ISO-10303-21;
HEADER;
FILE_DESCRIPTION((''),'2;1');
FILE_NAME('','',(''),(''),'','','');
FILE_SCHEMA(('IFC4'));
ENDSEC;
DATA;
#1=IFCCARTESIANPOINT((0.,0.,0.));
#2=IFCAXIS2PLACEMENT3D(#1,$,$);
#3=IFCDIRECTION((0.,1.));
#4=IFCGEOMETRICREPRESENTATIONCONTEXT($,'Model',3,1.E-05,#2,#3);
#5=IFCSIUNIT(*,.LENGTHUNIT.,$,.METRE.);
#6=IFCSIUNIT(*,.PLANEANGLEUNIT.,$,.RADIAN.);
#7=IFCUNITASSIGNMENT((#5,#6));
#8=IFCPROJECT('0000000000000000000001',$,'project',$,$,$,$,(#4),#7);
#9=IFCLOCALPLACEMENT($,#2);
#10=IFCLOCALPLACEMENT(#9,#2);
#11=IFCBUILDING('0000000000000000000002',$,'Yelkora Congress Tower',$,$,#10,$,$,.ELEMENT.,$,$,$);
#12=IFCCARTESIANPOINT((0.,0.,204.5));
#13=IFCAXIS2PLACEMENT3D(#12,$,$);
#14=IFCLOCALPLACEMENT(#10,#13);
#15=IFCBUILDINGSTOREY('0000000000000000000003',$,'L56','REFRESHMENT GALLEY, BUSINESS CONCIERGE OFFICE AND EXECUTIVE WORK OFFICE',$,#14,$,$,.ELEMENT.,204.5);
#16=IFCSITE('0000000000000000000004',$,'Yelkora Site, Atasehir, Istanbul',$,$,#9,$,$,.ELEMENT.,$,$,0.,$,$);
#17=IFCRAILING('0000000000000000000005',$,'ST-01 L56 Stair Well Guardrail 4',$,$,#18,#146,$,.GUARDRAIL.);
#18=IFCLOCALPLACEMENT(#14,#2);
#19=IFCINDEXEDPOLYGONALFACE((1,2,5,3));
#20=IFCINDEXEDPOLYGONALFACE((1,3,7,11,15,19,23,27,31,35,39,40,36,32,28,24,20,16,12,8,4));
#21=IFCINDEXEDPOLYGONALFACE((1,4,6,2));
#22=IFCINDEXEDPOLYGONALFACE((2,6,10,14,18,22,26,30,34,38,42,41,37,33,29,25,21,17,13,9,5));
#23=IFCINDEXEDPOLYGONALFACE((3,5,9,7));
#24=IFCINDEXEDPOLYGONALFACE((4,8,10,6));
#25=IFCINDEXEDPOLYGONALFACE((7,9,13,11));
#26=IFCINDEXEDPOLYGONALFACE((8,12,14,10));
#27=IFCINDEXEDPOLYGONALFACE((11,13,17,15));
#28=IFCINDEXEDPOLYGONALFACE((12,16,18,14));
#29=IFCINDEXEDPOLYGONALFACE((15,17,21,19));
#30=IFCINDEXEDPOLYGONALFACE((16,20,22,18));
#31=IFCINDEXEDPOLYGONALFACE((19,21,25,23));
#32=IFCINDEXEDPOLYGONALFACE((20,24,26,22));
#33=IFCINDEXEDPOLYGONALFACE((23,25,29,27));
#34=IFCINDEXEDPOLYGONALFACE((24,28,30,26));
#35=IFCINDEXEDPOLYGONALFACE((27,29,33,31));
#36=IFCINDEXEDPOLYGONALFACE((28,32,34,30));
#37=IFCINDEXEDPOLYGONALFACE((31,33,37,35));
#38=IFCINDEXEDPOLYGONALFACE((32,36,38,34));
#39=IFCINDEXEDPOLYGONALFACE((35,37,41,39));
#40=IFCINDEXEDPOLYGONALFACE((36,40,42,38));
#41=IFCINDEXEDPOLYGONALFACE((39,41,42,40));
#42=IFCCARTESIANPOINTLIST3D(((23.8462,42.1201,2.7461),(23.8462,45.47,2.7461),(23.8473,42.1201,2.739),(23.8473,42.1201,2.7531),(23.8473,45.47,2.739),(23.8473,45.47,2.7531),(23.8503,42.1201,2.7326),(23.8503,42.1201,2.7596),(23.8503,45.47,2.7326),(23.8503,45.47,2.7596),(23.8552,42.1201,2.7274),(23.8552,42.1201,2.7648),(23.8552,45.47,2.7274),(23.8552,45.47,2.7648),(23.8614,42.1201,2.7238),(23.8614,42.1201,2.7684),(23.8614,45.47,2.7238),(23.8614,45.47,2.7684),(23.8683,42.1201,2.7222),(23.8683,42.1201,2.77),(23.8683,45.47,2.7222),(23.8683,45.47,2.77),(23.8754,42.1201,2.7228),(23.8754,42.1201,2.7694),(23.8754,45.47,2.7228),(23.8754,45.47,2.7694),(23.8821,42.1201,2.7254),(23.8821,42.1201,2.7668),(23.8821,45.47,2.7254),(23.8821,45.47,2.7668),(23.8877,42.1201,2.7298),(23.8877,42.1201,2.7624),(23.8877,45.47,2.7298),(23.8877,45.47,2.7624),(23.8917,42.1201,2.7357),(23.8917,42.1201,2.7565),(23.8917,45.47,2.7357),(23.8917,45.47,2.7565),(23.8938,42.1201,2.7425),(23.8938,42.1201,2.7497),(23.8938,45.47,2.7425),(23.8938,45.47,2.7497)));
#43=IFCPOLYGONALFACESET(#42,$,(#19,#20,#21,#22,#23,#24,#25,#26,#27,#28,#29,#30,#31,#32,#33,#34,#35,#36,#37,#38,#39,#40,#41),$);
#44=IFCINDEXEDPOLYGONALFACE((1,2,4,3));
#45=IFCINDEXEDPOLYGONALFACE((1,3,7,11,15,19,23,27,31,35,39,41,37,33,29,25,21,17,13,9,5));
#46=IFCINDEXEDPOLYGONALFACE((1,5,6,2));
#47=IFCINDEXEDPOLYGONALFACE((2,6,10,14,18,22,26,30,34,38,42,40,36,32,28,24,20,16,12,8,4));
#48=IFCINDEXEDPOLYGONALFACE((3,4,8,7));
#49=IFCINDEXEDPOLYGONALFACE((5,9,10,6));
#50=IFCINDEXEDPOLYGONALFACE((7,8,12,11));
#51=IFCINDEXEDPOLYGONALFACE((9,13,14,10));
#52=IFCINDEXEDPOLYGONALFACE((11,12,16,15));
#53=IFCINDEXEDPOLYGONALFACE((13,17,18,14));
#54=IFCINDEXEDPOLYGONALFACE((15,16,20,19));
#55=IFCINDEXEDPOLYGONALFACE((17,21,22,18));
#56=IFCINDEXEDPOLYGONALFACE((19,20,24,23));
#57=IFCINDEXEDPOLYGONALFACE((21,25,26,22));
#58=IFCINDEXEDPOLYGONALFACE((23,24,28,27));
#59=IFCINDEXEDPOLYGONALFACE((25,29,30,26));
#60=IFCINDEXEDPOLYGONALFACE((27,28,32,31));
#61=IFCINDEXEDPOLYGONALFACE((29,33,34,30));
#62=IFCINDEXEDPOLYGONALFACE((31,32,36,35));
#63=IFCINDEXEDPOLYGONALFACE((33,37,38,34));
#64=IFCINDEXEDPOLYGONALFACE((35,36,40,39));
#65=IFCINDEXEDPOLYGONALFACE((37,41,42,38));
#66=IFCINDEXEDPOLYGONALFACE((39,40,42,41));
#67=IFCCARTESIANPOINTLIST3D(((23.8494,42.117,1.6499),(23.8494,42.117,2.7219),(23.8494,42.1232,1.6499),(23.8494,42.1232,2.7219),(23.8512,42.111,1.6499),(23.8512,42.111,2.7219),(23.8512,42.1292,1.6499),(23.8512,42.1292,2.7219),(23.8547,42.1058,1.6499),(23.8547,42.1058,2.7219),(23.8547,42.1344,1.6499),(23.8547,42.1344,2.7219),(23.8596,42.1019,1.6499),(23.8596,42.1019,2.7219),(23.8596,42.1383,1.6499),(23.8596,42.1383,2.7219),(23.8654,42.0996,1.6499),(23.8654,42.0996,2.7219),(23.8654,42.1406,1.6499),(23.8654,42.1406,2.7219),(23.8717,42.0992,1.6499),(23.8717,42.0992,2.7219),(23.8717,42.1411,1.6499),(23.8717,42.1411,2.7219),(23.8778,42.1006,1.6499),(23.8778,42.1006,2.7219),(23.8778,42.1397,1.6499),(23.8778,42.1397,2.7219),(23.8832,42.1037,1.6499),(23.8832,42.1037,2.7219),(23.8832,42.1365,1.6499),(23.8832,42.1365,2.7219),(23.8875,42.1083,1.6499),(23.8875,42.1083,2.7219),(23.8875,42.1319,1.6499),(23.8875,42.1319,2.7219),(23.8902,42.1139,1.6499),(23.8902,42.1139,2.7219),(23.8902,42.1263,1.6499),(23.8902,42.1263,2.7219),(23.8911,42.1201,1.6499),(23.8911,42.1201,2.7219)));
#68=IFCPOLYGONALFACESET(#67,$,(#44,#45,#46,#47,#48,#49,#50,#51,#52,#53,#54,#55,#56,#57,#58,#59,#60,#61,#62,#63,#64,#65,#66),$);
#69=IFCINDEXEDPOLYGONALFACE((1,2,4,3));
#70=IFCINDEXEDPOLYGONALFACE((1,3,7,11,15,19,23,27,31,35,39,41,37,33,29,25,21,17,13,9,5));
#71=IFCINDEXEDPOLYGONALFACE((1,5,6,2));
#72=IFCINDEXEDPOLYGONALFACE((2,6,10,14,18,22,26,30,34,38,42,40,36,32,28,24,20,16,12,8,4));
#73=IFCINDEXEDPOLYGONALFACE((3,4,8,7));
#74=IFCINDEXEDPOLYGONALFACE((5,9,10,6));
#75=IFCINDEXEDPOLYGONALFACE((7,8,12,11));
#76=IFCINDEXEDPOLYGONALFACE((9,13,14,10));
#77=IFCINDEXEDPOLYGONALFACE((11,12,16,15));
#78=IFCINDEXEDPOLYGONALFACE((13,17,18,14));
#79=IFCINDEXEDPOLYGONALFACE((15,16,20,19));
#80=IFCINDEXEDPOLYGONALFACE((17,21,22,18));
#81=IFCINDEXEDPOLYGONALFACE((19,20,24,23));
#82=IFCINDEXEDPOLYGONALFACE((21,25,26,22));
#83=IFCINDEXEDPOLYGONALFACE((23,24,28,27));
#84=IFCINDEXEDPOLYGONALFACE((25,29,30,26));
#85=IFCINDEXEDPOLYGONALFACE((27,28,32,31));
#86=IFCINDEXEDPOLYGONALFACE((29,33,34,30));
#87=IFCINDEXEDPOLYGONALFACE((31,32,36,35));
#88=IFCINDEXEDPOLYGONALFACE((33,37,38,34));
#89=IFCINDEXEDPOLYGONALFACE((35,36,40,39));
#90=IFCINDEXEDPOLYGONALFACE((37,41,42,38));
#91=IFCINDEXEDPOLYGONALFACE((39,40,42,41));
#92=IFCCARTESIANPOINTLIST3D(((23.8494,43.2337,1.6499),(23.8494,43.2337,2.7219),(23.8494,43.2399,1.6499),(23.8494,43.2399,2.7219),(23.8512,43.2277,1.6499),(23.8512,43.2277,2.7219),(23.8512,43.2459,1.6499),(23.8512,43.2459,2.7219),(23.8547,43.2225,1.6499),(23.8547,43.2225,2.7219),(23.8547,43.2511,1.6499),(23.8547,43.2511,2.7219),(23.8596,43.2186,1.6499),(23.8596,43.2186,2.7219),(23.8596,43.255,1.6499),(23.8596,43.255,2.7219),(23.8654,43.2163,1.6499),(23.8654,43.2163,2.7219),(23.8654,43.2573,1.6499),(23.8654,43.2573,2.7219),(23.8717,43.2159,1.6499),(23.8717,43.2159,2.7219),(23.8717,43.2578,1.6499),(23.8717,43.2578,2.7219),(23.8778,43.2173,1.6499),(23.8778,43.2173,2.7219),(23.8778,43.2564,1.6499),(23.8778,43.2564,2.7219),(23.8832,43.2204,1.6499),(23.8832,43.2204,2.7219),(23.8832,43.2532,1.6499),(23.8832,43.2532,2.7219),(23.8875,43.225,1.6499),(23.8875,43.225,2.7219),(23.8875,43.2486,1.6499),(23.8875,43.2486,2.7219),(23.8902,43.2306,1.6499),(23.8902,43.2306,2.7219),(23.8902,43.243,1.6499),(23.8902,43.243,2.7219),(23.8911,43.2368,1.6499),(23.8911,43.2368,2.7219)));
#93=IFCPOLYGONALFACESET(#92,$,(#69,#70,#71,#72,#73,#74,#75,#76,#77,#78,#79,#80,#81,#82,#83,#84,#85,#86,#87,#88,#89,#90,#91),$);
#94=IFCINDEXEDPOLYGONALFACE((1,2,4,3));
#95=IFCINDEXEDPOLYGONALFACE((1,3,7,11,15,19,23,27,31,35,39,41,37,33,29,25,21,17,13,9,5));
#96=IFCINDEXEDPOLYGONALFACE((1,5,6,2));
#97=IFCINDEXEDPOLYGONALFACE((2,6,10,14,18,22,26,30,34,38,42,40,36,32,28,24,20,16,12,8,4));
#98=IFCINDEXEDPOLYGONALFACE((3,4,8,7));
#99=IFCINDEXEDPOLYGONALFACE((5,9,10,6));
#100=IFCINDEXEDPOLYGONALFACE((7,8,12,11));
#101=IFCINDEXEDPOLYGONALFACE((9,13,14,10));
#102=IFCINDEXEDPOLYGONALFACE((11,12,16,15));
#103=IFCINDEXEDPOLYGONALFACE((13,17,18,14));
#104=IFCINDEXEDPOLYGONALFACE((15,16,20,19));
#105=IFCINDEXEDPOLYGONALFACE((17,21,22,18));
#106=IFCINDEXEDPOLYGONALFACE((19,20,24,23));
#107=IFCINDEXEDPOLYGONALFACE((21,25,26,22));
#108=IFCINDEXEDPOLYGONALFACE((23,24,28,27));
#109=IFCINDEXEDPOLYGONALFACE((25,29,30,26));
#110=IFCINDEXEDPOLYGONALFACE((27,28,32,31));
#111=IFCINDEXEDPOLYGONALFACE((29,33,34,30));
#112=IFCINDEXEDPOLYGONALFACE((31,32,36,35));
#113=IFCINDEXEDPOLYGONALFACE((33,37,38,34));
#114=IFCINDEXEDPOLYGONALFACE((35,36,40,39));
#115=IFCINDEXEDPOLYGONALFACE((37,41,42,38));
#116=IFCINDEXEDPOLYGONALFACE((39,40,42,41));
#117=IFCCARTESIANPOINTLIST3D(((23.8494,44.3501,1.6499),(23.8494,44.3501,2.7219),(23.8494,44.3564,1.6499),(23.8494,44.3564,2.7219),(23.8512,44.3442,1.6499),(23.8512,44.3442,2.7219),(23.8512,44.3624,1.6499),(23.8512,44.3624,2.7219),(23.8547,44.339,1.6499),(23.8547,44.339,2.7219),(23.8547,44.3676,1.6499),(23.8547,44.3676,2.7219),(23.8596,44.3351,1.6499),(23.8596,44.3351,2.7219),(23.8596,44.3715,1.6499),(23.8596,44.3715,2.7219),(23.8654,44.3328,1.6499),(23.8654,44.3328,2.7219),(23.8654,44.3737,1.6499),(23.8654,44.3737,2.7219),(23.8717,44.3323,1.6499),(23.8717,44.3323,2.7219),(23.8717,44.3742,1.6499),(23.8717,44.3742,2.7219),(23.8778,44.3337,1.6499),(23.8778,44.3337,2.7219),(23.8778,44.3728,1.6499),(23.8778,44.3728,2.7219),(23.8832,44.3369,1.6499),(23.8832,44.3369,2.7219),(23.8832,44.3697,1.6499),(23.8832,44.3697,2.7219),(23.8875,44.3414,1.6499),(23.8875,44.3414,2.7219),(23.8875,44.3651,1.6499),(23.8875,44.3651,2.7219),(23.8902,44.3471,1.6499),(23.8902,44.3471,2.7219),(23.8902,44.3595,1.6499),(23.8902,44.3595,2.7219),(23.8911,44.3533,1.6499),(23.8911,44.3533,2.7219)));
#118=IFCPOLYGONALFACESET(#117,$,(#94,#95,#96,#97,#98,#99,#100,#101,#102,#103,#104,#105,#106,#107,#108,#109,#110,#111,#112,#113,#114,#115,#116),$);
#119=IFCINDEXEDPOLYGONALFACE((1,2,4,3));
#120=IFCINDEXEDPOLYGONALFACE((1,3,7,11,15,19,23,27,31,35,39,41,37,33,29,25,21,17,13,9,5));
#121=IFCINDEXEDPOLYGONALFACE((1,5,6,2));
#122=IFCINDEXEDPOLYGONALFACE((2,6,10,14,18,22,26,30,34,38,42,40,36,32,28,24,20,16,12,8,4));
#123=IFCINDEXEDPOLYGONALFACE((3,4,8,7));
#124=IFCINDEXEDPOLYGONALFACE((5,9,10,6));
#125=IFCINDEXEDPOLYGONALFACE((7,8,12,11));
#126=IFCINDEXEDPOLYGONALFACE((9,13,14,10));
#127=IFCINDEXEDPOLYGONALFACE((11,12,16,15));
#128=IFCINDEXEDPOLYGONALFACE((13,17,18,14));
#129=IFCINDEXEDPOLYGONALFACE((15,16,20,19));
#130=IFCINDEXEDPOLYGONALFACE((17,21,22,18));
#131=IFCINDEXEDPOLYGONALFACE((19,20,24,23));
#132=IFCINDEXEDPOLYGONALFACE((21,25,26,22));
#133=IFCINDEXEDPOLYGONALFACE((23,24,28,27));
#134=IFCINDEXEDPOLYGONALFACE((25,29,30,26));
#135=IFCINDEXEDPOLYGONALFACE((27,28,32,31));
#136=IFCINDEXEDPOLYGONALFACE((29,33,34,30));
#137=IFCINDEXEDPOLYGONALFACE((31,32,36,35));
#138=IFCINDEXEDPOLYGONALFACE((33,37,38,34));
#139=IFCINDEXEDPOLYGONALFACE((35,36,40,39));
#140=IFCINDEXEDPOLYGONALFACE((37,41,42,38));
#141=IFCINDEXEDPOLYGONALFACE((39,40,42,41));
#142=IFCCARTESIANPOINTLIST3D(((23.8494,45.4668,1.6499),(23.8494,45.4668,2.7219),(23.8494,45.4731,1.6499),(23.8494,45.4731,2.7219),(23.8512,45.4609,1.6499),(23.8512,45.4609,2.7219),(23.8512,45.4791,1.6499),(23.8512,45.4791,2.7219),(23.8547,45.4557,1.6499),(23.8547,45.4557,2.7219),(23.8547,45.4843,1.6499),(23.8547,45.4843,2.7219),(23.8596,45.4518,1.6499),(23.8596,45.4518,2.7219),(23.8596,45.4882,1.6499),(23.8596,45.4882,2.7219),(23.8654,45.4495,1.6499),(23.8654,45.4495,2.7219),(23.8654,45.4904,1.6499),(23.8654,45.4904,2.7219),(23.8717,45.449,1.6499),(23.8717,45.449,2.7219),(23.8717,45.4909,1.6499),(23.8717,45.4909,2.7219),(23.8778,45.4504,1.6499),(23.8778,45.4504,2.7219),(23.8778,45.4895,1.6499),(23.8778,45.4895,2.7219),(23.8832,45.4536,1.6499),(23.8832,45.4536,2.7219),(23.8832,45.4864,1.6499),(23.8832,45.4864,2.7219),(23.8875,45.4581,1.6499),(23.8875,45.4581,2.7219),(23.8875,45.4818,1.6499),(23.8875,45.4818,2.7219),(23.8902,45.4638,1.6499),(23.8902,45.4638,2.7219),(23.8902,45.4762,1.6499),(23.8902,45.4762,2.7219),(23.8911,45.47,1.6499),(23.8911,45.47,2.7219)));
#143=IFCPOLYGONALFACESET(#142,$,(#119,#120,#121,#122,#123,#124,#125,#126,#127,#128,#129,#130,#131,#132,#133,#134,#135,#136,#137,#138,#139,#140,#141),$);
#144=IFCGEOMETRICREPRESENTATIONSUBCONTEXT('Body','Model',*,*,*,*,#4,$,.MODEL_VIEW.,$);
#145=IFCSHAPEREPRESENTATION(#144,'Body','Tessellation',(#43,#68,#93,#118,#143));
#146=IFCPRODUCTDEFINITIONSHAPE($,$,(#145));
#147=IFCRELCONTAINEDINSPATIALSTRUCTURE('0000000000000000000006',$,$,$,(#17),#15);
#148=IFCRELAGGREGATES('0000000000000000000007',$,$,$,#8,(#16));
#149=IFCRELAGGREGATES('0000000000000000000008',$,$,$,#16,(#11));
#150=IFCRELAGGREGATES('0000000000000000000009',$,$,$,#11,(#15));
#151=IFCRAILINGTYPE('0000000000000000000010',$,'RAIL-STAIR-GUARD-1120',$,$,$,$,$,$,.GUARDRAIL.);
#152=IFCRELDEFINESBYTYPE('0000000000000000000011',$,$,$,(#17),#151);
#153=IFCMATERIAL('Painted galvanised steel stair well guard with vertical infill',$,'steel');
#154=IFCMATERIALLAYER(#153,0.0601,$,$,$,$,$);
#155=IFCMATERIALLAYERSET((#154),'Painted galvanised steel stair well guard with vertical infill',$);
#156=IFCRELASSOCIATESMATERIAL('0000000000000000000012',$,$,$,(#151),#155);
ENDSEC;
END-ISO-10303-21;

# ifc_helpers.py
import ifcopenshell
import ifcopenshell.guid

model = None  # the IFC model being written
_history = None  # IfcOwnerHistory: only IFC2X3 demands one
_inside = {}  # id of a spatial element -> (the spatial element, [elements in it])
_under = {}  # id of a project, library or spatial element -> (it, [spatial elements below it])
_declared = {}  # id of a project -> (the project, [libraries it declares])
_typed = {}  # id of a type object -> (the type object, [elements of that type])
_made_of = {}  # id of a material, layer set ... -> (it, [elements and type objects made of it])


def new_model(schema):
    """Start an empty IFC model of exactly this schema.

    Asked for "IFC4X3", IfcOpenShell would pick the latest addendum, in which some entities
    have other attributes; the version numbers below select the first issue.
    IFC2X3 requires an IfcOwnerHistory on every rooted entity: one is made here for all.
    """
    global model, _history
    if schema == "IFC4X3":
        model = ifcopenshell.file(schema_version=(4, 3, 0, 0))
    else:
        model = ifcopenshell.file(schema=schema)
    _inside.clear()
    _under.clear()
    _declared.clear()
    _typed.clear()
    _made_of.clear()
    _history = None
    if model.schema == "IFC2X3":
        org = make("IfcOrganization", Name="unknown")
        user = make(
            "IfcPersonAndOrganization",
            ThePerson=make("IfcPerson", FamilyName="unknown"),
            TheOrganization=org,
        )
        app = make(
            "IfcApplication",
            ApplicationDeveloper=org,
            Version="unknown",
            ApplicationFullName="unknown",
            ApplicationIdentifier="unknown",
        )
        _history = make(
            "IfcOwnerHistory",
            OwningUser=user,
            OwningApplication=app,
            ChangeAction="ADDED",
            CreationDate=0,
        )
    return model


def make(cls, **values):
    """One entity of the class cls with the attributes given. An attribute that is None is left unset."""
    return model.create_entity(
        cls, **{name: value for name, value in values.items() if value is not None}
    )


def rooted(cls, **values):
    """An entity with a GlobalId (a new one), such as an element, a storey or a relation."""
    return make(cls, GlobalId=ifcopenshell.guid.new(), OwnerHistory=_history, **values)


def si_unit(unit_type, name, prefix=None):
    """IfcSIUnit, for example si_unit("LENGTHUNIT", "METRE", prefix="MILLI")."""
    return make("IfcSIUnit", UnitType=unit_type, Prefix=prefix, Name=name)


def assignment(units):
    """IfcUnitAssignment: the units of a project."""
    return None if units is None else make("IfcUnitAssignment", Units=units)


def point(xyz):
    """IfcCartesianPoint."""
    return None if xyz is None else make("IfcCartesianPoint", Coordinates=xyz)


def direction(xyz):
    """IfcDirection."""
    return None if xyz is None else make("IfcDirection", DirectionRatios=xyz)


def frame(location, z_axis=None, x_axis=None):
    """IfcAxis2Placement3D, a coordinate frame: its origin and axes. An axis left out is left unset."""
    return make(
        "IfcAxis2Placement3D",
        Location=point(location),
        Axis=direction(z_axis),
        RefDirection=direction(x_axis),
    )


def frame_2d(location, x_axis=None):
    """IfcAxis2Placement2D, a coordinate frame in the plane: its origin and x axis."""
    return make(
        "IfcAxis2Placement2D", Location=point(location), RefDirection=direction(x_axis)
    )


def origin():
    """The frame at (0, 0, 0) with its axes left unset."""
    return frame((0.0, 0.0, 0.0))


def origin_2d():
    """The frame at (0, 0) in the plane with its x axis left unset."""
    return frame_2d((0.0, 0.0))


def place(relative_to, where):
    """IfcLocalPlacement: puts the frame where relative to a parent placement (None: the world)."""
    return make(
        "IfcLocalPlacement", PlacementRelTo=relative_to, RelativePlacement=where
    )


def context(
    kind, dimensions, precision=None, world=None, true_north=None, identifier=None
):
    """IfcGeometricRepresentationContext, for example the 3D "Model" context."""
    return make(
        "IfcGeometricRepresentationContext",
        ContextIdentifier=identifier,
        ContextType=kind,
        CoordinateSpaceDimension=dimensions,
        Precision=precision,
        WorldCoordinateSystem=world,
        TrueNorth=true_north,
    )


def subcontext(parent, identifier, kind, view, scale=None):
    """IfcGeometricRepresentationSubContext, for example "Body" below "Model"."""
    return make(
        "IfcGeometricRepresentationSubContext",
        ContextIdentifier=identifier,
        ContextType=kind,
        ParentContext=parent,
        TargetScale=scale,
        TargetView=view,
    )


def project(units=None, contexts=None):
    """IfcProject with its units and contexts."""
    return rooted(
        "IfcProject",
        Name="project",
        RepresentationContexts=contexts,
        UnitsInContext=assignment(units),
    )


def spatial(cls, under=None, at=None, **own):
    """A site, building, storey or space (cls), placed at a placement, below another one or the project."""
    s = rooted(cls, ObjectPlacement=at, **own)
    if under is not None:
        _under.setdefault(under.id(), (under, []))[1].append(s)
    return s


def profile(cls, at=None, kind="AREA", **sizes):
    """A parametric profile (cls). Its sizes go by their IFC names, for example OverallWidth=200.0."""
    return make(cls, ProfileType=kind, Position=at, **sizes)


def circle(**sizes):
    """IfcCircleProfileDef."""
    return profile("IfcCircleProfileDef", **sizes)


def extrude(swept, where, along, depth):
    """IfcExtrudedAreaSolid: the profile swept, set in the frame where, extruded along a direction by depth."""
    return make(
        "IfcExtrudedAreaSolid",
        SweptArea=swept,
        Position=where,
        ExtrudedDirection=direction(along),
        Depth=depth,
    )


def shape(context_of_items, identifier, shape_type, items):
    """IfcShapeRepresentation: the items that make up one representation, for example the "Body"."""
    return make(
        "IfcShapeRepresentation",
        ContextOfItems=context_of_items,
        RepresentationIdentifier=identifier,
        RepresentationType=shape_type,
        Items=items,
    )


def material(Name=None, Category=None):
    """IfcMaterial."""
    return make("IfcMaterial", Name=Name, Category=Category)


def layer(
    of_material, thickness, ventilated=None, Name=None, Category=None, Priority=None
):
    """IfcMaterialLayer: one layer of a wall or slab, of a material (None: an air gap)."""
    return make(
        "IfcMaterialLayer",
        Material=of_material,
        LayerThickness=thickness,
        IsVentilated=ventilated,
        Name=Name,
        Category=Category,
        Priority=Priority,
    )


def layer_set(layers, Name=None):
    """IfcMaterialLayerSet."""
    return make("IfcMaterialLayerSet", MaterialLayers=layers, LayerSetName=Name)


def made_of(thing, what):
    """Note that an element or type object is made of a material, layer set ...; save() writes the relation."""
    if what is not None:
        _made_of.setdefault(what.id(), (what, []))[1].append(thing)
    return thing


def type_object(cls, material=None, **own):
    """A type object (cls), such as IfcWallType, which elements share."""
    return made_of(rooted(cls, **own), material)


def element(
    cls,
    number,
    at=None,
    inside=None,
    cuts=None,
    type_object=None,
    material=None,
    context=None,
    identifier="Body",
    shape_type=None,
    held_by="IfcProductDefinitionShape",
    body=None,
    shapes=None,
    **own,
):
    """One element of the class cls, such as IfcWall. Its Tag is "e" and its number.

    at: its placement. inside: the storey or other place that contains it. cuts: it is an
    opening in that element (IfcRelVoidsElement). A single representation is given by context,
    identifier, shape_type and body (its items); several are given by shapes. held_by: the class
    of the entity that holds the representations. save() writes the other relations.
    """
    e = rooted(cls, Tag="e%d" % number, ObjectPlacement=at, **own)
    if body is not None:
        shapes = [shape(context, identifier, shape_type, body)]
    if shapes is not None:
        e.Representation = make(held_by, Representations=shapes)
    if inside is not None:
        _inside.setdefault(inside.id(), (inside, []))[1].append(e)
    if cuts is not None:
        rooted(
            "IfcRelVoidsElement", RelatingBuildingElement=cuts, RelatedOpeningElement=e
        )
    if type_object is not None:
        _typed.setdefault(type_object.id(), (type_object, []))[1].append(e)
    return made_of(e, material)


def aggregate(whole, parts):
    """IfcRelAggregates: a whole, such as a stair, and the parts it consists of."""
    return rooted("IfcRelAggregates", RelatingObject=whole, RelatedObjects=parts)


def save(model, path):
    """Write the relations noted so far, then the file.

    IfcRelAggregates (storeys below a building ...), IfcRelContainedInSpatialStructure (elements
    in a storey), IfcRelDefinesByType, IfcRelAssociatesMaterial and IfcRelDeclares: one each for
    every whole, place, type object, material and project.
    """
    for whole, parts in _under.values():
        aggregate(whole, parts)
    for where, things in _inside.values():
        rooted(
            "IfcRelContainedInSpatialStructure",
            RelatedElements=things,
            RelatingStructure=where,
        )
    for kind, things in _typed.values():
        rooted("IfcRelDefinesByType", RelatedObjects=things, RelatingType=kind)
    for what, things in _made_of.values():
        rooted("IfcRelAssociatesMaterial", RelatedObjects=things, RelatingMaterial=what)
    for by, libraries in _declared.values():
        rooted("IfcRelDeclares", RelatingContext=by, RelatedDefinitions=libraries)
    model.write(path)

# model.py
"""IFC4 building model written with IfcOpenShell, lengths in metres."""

from ifc_helpers import new_model, si_unit, direction, frame, origin, origin_2d, place, context, subcontext, project, spatial, circle, extrude, material, layer, layer_set, type_object, element, save


model = new_model("IFC4")

# Units and contexts
model_context = context("Model", 3, precision=1e-05, world=origin(), true_north=direction((0.0, 1.0)))
body_context = subcontext(model_context, "Body", "Model", "MODEL_VIEW")
ifc_project = project(units=[si_unit("LENGTHUNIT", "METRE"), si_unit("PLANEANGLEUNIT", "RADIAN")], contexts=[model_context])

# Site, building, storey
site_placement = place(None, origin())
site = spatial("IfcSite", under=ifc_project, at=site_placement, Name="Yelkora Site, Atasehir, Istanbul", CompositionType="ELEMENT", RefElevation=0.0)
building_placement = place(site_placement, origin())
building = spatial("IfcBuilding", under=site, at=building_placement, Name="Yelkora Congress Tower", CompositionType="ELEMENT")
storey_placement = place(building_placement, frame((0.0, 0.0, 204.5)))
storey = spatial("IfcBuildingStorey", under=building, at=storey_placement, Name="L56", Description="REFRESHMENT GALLEY, BUSINESS CONCIERGE OFFICE AND EXECUTIVE WORK OFFICE", CompositionType="ELEMENT", Elevation=204.5)

# Railing
ifc_material_1 = material(Name="Painted galvanised steel stair well guard with vertical infill", Category="steel")
ifc_layer_1 = layer(ifc_material_1, 0.0601)
ifc_layer_set_1 = layer_set([ifc_layer_1], Name="Painted galvanised steel stair well guard with vertical infill")
railing_type_1 = type_object("IfcRailingType", Name="RAIL-STAIR-GUARD-1120", PredefinedType="GUARDRAIL", material=ifc_layer_set_1)
for number, where, name in (
    (1, (23.8701, 42.1201, 1.6499), "ST-01 L56 Stair Well Guardrail 4"),
):
    element("IfcRailing", number, at=place(storey_placement, frame(where)), inside=storey, type_object=railing_type_1, Name=name, PredefinedType="GUARDRAIL", context=body_context, shape_type="SweptSolid", body=[
        extrude(circle(Radius=0.0239, at=origin_2d()), frame((0.0, 0.0, 1.0962), z_axis=(0.0, 1.0, 0.0), x_axis=(-1.0, 0.0, 0.0)), (0.0, 0.0, 1.0), 3.3499),
        extrude(circle(Radius=0.021, at=origin_2d()), origin(), (0.0, 0.0, 1.0), 1.072),
        extrude(circle(Radius=0.021, at=origin_2d()), frame((0.0, 1.1167, 0.0)), (0.0, 0.0, 1.0), 1.072),
        extrude(circle(Radius=0.021, at=origin_2d()), frame((0.0, 2.2332, 0.0)), (0.0, 0.0, 1.0), 1.072),
        extrude(circle(Radius=0.021, at=origin_2d()), frame((0.0, 3.3499, 0.0)), (0.0, 0.0, 1.0), 1.072),
    ])

save(model, "model.ifc")
